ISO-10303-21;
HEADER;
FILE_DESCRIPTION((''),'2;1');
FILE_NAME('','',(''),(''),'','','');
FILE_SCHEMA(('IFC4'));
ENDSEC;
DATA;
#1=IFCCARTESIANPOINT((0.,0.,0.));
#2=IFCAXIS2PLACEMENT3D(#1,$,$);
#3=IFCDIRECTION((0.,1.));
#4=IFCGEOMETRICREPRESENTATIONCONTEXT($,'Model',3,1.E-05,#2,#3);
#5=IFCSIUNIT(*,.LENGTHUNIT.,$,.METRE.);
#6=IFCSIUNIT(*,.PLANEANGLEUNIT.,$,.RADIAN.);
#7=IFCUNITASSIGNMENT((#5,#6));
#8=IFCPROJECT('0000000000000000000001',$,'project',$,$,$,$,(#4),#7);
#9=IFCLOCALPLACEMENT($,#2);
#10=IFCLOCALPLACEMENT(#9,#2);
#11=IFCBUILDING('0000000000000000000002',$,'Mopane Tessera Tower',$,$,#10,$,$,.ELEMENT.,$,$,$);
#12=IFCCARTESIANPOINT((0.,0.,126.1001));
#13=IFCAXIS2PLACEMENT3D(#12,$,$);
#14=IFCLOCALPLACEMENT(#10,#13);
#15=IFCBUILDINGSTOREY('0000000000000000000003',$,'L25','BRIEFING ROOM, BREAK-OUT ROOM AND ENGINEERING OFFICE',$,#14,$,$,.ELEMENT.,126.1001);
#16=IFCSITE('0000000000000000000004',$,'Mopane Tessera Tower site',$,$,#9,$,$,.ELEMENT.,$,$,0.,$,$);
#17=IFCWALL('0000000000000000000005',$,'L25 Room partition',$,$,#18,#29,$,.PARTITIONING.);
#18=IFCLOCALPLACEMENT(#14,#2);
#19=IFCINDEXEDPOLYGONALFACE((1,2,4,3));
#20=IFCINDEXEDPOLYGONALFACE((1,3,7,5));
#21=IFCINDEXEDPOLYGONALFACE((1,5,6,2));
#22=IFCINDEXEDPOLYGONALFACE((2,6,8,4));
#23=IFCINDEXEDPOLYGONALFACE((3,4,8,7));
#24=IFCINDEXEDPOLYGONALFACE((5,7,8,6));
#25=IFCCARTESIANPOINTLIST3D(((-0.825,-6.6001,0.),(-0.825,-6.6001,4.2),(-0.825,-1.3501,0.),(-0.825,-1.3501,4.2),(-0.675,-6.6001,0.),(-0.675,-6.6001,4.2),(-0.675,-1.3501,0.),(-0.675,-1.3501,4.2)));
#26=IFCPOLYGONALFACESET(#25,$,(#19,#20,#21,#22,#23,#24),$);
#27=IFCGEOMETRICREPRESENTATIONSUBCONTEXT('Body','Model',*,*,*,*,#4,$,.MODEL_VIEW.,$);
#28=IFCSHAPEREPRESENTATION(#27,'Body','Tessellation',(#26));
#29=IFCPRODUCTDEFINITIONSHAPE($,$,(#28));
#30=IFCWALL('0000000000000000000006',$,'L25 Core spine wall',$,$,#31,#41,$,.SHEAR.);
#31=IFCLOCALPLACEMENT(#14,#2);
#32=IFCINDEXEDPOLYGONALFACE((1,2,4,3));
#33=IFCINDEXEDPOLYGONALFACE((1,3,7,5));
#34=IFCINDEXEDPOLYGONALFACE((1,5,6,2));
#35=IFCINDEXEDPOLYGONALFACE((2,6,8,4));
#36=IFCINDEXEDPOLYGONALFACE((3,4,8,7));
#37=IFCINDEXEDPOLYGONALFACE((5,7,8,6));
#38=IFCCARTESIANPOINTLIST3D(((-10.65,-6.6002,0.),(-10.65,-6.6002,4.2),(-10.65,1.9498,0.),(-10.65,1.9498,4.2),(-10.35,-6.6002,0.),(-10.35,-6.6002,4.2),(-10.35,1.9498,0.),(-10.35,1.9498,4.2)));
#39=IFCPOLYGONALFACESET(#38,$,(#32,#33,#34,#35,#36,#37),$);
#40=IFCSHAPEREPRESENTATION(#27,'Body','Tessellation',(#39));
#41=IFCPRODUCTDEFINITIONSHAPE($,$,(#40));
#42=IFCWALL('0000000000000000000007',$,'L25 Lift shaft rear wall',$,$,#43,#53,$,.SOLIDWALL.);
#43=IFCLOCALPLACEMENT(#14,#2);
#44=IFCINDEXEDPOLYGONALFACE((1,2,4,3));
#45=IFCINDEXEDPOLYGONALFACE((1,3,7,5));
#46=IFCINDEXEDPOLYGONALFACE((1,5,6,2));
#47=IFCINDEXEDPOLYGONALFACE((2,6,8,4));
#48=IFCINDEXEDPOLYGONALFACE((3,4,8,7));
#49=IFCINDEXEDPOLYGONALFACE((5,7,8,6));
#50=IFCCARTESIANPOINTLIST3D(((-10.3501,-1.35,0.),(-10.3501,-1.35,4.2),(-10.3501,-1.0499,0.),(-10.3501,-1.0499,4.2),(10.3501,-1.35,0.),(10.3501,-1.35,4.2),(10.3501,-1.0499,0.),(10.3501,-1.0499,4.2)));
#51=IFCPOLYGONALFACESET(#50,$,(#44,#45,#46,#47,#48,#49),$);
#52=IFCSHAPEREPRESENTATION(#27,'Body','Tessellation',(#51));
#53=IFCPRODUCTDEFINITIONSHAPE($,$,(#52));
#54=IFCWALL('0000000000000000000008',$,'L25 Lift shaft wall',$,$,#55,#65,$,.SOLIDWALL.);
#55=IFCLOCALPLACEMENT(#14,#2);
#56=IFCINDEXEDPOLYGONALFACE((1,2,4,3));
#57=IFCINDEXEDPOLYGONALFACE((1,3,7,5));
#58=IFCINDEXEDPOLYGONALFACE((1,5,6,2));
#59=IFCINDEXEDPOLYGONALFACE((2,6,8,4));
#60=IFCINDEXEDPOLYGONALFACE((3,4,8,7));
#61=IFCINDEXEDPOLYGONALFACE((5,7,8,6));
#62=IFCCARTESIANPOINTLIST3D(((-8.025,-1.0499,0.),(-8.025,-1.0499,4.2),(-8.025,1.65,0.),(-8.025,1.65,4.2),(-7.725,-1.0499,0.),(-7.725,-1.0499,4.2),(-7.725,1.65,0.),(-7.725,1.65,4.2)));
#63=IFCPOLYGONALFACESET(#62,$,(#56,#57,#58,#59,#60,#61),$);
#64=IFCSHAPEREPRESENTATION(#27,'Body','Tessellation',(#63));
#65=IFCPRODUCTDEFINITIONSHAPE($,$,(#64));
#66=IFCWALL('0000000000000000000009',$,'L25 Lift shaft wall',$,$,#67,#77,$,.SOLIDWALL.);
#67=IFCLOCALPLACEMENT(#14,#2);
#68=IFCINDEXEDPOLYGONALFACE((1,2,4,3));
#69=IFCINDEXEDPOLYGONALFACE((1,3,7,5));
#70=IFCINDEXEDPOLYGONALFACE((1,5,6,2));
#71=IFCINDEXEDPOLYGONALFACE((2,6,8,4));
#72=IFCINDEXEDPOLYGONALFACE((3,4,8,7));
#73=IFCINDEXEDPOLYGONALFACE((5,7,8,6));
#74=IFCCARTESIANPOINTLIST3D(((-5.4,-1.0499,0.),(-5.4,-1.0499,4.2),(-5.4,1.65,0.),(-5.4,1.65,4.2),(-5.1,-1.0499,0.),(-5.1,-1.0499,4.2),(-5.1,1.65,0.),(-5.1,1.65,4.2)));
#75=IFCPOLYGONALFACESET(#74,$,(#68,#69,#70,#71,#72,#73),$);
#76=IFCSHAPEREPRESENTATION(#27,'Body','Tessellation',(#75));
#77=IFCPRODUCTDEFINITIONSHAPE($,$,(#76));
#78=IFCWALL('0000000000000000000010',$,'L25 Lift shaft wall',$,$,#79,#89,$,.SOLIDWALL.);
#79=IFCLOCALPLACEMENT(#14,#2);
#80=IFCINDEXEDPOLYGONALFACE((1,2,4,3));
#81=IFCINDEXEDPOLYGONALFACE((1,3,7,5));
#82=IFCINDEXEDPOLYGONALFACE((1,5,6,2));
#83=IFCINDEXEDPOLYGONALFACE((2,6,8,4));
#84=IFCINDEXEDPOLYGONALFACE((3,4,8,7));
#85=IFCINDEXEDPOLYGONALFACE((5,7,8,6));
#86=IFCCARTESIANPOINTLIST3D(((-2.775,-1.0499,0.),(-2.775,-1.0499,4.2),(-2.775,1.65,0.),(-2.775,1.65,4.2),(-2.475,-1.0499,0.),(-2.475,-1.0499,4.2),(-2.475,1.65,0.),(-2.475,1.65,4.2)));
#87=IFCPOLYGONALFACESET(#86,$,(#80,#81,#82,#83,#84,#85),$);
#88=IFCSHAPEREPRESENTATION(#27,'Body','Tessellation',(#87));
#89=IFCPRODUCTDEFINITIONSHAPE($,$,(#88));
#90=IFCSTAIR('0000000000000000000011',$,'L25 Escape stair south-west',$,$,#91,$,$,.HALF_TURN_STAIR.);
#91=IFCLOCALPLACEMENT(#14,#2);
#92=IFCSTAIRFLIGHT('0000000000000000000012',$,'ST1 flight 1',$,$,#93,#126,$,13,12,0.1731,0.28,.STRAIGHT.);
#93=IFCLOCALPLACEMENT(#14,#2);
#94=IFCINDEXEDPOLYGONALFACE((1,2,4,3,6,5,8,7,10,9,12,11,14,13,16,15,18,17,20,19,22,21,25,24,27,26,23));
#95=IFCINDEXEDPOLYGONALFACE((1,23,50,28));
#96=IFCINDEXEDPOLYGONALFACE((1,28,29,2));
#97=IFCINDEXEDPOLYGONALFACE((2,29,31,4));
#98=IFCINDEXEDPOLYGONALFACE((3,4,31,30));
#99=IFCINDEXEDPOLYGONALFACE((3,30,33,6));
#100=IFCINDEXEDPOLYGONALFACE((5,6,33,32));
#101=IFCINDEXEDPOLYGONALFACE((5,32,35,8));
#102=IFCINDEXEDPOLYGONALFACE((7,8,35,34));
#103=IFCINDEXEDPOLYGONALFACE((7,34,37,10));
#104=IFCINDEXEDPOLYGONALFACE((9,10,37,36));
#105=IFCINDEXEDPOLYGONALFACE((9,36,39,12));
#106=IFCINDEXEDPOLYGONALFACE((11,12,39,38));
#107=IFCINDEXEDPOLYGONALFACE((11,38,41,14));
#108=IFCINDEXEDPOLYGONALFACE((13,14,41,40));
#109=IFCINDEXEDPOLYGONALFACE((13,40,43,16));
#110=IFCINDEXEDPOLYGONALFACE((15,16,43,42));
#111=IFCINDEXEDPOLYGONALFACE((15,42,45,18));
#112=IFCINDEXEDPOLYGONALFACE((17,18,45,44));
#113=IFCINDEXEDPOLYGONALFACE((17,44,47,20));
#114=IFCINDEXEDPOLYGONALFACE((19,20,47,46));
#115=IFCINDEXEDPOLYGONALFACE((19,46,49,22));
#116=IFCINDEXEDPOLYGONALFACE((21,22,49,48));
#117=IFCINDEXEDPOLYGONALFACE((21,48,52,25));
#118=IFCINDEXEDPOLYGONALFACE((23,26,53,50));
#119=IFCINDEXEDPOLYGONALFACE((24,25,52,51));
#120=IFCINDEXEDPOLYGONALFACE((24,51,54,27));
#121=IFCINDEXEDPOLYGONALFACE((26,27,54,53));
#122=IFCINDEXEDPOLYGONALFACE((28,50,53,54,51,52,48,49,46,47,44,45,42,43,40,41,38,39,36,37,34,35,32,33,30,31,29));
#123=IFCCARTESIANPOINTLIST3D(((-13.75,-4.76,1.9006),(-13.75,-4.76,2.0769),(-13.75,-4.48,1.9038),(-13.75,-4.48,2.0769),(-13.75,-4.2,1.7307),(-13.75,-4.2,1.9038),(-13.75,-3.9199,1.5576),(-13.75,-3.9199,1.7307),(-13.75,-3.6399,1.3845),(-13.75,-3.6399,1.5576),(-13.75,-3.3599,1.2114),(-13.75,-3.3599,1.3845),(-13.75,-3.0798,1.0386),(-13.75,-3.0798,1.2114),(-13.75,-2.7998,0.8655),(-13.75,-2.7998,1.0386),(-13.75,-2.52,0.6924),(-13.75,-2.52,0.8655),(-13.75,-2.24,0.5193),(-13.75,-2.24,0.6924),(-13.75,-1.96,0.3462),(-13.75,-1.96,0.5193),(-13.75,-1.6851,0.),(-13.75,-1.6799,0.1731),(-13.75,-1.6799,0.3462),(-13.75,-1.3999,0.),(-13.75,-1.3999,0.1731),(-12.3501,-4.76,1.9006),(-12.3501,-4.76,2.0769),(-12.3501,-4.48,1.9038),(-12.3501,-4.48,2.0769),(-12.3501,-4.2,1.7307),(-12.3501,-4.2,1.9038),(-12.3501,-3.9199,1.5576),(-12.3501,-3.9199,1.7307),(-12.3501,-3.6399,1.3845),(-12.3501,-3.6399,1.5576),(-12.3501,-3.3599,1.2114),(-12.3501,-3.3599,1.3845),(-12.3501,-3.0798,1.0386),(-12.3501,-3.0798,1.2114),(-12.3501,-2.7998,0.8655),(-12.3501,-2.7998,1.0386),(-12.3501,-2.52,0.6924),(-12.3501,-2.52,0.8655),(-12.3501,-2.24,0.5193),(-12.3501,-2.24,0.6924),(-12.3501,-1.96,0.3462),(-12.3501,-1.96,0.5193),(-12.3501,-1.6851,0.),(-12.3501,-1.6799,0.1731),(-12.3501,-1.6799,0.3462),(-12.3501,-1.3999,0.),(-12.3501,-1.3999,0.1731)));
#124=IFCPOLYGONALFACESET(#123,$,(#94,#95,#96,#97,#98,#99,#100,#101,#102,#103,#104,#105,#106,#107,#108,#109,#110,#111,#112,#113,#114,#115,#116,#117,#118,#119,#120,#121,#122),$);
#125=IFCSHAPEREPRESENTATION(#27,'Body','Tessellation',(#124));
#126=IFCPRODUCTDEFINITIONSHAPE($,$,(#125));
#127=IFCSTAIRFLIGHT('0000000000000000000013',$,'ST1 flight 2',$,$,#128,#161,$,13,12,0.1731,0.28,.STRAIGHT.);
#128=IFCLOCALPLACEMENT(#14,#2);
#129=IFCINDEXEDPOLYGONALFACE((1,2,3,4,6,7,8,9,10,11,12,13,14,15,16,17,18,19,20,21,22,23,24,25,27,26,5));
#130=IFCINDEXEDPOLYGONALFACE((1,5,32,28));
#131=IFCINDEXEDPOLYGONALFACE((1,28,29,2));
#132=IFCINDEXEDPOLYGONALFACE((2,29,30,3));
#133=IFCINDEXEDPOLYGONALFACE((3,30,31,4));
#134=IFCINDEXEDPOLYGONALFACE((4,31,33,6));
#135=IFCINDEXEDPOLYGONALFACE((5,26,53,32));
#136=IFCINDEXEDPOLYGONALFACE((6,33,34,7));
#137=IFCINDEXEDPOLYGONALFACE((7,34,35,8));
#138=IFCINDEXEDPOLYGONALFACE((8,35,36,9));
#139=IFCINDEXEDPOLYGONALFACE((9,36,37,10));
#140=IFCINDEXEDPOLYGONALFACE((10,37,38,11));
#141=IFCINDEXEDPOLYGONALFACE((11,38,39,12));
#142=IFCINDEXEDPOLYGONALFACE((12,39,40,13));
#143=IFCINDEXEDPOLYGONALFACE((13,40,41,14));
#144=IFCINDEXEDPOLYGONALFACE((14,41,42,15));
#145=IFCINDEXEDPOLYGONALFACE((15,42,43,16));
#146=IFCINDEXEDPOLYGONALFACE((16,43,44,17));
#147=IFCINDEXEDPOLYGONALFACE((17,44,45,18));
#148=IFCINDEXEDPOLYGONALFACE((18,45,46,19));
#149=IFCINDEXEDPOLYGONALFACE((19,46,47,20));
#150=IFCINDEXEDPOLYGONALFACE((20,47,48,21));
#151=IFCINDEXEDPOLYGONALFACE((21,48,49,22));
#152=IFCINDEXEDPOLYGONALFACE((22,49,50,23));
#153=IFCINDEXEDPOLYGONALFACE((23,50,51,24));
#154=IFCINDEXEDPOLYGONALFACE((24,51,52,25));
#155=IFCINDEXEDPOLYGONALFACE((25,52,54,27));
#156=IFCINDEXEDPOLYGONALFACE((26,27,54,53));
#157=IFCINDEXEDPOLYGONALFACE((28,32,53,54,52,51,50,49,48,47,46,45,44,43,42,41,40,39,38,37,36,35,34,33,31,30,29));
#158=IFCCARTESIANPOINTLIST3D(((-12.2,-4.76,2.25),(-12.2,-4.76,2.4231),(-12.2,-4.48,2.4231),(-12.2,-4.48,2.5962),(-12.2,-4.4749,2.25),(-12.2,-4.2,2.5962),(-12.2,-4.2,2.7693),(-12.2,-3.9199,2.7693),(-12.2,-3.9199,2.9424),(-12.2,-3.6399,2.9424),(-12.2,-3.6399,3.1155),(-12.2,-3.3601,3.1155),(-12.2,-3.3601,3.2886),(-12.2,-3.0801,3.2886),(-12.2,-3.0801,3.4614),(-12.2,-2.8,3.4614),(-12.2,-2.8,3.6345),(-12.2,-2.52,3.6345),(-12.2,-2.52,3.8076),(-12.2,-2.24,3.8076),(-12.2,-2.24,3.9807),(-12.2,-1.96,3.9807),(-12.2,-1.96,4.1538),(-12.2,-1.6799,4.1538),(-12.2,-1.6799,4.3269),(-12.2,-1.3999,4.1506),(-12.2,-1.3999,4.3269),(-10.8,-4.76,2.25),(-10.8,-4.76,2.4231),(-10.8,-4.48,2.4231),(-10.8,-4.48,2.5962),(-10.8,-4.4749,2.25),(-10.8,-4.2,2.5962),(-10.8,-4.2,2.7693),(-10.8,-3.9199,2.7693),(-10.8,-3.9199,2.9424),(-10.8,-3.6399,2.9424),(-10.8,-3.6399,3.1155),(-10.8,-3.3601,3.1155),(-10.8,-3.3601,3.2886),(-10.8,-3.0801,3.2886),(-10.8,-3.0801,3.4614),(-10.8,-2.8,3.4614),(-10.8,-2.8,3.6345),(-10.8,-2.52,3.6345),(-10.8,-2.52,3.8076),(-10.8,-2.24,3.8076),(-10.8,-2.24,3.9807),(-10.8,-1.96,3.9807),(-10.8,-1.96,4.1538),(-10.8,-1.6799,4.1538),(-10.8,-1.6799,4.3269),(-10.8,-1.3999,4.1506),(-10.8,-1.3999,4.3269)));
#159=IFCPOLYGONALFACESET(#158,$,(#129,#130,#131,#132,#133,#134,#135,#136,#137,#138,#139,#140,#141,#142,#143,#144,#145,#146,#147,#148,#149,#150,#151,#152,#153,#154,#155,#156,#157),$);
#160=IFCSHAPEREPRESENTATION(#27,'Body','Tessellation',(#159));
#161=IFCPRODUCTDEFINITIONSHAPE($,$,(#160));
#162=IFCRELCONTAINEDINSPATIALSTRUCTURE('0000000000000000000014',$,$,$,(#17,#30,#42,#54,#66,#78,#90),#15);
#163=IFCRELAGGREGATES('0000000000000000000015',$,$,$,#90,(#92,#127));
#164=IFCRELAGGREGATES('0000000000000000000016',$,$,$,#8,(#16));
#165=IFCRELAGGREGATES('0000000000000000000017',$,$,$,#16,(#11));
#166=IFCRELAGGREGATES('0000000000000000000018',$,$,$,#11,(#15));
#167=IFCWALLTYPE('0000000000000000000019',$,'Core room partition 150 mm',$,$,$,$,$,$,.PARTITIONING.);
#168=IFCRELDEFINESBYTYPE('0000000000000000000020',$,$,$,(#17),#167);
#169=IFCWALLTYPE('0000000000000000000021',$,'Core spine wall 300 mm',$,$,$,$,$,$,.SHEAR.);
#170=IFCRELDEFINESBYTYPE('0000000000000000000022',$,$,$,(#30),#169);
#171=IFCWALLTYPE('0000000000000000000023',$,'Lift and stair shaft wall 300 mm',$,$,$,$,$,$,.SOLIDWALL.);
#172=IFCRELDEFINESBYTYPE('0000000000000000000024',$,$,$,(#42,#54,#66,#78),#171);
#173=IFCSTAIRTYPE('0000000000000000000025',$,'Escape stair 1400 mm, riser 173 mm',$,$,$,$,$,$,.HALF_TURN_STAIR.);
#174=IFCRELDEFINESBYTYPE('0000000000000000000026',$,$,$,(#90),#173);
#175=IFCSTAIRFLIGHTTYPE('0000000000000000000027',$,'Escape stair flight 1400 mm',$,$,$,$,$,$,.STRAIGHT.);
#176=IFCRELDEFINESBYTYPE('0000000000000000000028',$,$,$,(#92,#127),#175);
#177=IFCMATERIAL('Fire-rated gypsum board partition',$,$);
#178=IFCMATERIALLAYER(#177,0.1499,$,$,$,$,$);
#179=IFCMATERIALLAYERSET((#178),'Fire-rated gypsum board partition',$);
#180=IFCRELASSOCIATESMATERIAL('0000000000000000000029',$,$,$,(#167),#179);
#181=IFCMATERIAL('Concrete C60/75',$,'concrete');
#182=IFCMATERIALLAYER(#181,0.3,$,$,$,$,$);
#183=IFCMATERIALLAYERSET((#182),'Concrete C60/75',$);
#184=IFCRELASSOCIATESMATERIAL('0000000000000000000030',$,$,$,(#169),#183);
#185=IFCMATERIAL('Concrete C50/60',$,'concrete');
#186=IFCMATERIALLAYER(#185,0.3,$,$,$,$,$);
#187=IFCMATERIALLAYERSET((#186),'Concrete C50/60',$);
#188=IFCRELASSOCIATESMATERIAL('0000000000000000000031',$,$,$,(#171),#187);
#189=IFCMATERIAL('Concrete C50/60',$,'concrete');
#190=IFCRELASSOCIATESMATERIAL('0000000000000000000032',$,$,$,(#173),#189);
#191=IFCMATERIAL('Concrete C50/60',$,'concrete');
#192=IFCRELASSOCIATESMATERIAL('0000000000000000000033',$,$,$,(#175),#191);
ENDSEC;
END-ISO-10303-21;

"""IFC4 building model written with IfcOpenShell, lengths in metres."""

from ifc_helpers import new_model, si_unit, direction, frame, frame_2d, origin, place, context, subcontext, project, spatial, polyline, rectangle, outline, extrude, material, layer, layer_set, type_object, element, aggregate, save


model = new_model("IFC4")

# Units and contexts
model_context = context("Model", 3, precision=1e-05, world=origin(), true_north=direction((0.0, 1.0)))
body_context = subcontext(model_context, "Body", "Model", "MODEL_VIEW")
ifc_project = project(units=[si_unit("LENGTHUNIT", "METRE"), si_unit("PLANEANGLEUNIT", "RADIAN")], contexts=[model_context])

# Site, building, storey
site_placement = place(None, origin())
site = spatial("IfcSite", under=ifc_project, at=site_placement, Name="Mopane Tessera Tower site", CompositionType="ELEMENT", RefElevation=0.0)
building_placement = place(site_placement, origin())
building = spatial("IfcBuilding", under=site, at=building_placement, Name="Mopane Tessera Tower", CompositionType="ELEMENT")
storey_placement = place(building_placement, frame((0.0, 0.0, 126.1001)))
storey = spatial("IfcBuildingStorey", under=building, at=storey_placement, Name="L25", Description="BRIEFING ROOM, BREAK-OUT ROOM AND ENGINEERING OFFICE", CompositionType="ELEMENT", Elevation=126.1001)

# Shared definitions
ifc_material_1 = material(Name="Fire-rated gypsum board partition")
ifc_layer_1 = layer(ifc_material_1, 0.1499)
ifc_layer_set_1 = layer_set([ifc_layer_1], Name="Fire-rated gypsum board partition")
wall_type_1 = type_object("IfcWallType", Name="Core room partition 150 mm", PredefinedType="PARTITIONING", material=ifc_layer_set_1)

# Walls
wall_1_placement = place(storey_placement, frame((-0.75, -6.6001, 0.0), z_axis=(0.0, 0.0, 1.0), x_axis=(0.0, 1.0, 0.0)))
element("IfcWall", 1, at=wall_1_placement, inside=storey, type_object=wall_type_1, Name="L25 Room partition", PredefinedType="PARTITIONING", context=body_context, shape_type="SweptSolid", body=[
    extrude(rectangle(XDim=5.25, YDim=0.1499, at=frame_2d((2.625, 0.0))), origin(), (0.0, 0.0, 1.0), 4.2),
])
ifc_material_2 = material(Name="Concrete C60/75", Category="concrete")
ifc_layer_2 = layer(ifc_material_2, 0.3)
ifc_layer_set_2 = layer_set([ifc_layer_2], Name="Concrete C60/75")
wall_type_2 = type_object("IfcWallType", Name="Core spine wall 300 mm", PredefinedType="SHEAR", material=ifc_layer_set_2)
wall_2_placement = place(storey_placement, frame((-10.5, -6.6001, 0.0), z_axis=(0.0, 0.0, 1.0), x_axis=(0.0, 1.0, 0.0)))
element("IfcWall", 2, at=wall_2_placement, inside=storey, type_object=wall_type_2, Name="L25 Core spine wall", PredefinedType="SHEAR", context=body_context, shape_type="SweptSolid", body=[
    extrude(rectangle(XDim=8.55, YDim=0.3, at=frame_2d((4.2749, 0.0))), origin(), (0.0, 0.0, 1.0), 4.2),
])
ifc_material_3 = material(Name="Concrete C50/60", Category="concrete")
ifc_layer_3 = layer(ifc_material_3, 0.3)
ifc_layer_set_3 = layer_set([ifc_layer_3], Name="Concrete C50/60")
wall_type_3 = type_object("IfcWallType", Name="Lift and stair shaft wall 300 mm", PredefinedType="SOLIDWALL", material=ifc_layer_set_3)
wall_3_placement = place(storey_placement, frame((-10.3501, -1.2, 0.0), z_axis=(0.0, 0.0, 1.0), x_axis=(1.0, 0.0, 0.0)))
element("IfcWall", 3, at=wall_3_placement, inside=storey, type_object=wall_type_3, Name="L25 Lift shaft rear wall", PredefinedType="SOLIDWALL", context=body_context, shape_type="SweptSolid", body=[
    extrude(rectangle(XDim=20.7002, YDim=0.3, at=frame_2d((10.3501, 0.0))), origin(), (0.0, 0.0, 1.0), 4.2),
])
for number, where, z_axis, x_axis, name in (
    (4, (-7.875, -1.05, 0.0), (0.0, 0.0, 1.0), (0.0, 1.0, 0.0), "L25 Lift shaft wall"),
    (5, (-5.25, -1.05, 0.0), (0.0, 0.0, 1.0), (0.0, 1.0, 0.0), "L25 Lift shaft wall"),
    (6, (-2.625, -1.05, 0.0), (0.0, 0.0, 1.0), (0.0, 1.0, 0.0), "L25 Lift shaft wall"),
):
    element("IfcWall", number, at=place(storey_placement, frame(where, z_axis=z_axis, x_axis=x_axis)), inside=storey, type_object=wall_type_3, Name=name, PredefinedType="SOLIDWALL", context=body_context, shape_type="SweptSolid", body=[
        extrude(rectangle(XDim=2.7, YDim=0.3, at=frame_2d((1.3501, 0.0))), origin(), (0.0, 0.0, 1.0), 4.2),
    ])

# Stair, stair flights
ifc_material_4 = material(Name="Concrete C50/60", Category="concrete")
stair_type = type_object("IfcStairType", Name="Escape stair 1400 mm, riser 173 mm", PredefinedType="HALF_TURN_STAIR", material=ifc_material_4)
stair_placement = place(storey_placement, origin())
stair = element("IfcStair", 7, at=stair_placement, inside=storey, type_object=stair_type, Name="L25 Escape stair south-west", PredefinedType="HALF_TURN_STAIR")
ifc_material_5 = material(Name="Concrete C50/60", Category="concrete")
stair_flight_type = type_object("IfcStairFlightType", Name="Escape stair flight 1400 mm", PredefinedType="STRAIGHT", material=ifc_material_5)
stair_flight_1_placement = place(storey_placement, frame((-13.05, -1.3999, 0.0), z_axis=(0.0, 0.0, 1.0), x_axis=(0.0, -1.0, 0.0)))
stair_flight_1 = element("IfcStairFlight", 8, at=stair_flight_1_placement, type_object=stair_flight_type, Name="ST1 flight 1", NumberOfRisers=13, NumberOfTreads=12, PredefinedType="STRAIGHT", RiserHeight=0.1731, TreadLength=0.28, context=body_context, shape_type="SweptSolid", body=[
    extrude(outline(polyline([(0.0, 0.0), (0.0, 0.1731), (0.28, 0.1731), (0.28, 0.3462), (0.5601, 0.3462), (0.5601, 0.5193), (0.8401, 0.5193), (0.8401, 0.6924), (1.1201, 0.6924), (1.1201, 0.8655), (1.3999, 0.8655), (1.3999, 1.0386), (1.6799, 1.0386), (1.6799, 1.2114), (1.96, 1.2114), (1.96, 1.3845), (2.24, 1.3845), (2.24, 1.5576), (2.52, 1.5576), (2.52, 1.7307), (2.8, 1.7307), (2.8, 1.9038), (3.0801, 1.9038), (3.0801, 2.0769), (3.3601, 2.0769), (3.3601, 2.25), (3.3601, 1.9006), (0.2852, 0.0), (0.0, 0.0)])), frame((0.0, 0.7, 0.0), z_axis=(0.0, -1.0, 0.0), x_axis=(1.0, 0.0, 0.0)), (0.0, 0.0, 1.0), 1.3999),
])
stair_flight_2_placement = place(storey_placement, frame((-11.5, -4.76, 2.25), z_axis=(0.0, 0.0, 1.0), x_axis=(0.0, 1.0, 0.0)))
stair_flight_2 = element("IfcStairFlight", 9, at=stair_flight_2_placement, type_object=stair_flight_type, Name="ST1 flight 2", NumberOfRisers=13, NumberOfTreads=12, PredefinedType="STRAIGHT", RiserHeight=0.1731, TreadLength=0.28, context=body_context, shape_type="SweptSolid", body=[
    extrude(outline(polyline([(0.0, 0.0), (0.0, 0.1731), (0.28, 0.1731), (0.28, 0.3462), (0.5601, 0.3462), (0.5601, 0.5193), (0.8401, 0.5193), (0.8401, 0.6924), (1.1201, 0.6924), (1.1201, 0.8655), (1.3999, 0.8655), (1.3999, 1.0386), (1.6799, 1.0386), (1.6799, 1.2114), (1.96, 1.2114), (1.96, 1.3845), (2.24, 1.3845), (2.24, 1.5576), (2.52, 1.5576), (2.52, 1.7307), (2.8, 1.7307), (2.8, 1.9038), (3.0801, 1.9038), (3.0801, 2.0769), (3.3601, 2.0769), (3.3601, 2.25), (3.3601, 1.9006), (0.2852, 0.0), (0.0, 0.0)])), frame((0.0, 0.7, 0.0), z_axis=(0.0, -1.0, 0.0), x_axis=(1.0, 0.0, 0.0)), (0.0, 0.0, 1.0), 1.3999),
])
aggregate(stair, [stair_flight_1, stair_flight_2])

save(model, "model.ifc")
